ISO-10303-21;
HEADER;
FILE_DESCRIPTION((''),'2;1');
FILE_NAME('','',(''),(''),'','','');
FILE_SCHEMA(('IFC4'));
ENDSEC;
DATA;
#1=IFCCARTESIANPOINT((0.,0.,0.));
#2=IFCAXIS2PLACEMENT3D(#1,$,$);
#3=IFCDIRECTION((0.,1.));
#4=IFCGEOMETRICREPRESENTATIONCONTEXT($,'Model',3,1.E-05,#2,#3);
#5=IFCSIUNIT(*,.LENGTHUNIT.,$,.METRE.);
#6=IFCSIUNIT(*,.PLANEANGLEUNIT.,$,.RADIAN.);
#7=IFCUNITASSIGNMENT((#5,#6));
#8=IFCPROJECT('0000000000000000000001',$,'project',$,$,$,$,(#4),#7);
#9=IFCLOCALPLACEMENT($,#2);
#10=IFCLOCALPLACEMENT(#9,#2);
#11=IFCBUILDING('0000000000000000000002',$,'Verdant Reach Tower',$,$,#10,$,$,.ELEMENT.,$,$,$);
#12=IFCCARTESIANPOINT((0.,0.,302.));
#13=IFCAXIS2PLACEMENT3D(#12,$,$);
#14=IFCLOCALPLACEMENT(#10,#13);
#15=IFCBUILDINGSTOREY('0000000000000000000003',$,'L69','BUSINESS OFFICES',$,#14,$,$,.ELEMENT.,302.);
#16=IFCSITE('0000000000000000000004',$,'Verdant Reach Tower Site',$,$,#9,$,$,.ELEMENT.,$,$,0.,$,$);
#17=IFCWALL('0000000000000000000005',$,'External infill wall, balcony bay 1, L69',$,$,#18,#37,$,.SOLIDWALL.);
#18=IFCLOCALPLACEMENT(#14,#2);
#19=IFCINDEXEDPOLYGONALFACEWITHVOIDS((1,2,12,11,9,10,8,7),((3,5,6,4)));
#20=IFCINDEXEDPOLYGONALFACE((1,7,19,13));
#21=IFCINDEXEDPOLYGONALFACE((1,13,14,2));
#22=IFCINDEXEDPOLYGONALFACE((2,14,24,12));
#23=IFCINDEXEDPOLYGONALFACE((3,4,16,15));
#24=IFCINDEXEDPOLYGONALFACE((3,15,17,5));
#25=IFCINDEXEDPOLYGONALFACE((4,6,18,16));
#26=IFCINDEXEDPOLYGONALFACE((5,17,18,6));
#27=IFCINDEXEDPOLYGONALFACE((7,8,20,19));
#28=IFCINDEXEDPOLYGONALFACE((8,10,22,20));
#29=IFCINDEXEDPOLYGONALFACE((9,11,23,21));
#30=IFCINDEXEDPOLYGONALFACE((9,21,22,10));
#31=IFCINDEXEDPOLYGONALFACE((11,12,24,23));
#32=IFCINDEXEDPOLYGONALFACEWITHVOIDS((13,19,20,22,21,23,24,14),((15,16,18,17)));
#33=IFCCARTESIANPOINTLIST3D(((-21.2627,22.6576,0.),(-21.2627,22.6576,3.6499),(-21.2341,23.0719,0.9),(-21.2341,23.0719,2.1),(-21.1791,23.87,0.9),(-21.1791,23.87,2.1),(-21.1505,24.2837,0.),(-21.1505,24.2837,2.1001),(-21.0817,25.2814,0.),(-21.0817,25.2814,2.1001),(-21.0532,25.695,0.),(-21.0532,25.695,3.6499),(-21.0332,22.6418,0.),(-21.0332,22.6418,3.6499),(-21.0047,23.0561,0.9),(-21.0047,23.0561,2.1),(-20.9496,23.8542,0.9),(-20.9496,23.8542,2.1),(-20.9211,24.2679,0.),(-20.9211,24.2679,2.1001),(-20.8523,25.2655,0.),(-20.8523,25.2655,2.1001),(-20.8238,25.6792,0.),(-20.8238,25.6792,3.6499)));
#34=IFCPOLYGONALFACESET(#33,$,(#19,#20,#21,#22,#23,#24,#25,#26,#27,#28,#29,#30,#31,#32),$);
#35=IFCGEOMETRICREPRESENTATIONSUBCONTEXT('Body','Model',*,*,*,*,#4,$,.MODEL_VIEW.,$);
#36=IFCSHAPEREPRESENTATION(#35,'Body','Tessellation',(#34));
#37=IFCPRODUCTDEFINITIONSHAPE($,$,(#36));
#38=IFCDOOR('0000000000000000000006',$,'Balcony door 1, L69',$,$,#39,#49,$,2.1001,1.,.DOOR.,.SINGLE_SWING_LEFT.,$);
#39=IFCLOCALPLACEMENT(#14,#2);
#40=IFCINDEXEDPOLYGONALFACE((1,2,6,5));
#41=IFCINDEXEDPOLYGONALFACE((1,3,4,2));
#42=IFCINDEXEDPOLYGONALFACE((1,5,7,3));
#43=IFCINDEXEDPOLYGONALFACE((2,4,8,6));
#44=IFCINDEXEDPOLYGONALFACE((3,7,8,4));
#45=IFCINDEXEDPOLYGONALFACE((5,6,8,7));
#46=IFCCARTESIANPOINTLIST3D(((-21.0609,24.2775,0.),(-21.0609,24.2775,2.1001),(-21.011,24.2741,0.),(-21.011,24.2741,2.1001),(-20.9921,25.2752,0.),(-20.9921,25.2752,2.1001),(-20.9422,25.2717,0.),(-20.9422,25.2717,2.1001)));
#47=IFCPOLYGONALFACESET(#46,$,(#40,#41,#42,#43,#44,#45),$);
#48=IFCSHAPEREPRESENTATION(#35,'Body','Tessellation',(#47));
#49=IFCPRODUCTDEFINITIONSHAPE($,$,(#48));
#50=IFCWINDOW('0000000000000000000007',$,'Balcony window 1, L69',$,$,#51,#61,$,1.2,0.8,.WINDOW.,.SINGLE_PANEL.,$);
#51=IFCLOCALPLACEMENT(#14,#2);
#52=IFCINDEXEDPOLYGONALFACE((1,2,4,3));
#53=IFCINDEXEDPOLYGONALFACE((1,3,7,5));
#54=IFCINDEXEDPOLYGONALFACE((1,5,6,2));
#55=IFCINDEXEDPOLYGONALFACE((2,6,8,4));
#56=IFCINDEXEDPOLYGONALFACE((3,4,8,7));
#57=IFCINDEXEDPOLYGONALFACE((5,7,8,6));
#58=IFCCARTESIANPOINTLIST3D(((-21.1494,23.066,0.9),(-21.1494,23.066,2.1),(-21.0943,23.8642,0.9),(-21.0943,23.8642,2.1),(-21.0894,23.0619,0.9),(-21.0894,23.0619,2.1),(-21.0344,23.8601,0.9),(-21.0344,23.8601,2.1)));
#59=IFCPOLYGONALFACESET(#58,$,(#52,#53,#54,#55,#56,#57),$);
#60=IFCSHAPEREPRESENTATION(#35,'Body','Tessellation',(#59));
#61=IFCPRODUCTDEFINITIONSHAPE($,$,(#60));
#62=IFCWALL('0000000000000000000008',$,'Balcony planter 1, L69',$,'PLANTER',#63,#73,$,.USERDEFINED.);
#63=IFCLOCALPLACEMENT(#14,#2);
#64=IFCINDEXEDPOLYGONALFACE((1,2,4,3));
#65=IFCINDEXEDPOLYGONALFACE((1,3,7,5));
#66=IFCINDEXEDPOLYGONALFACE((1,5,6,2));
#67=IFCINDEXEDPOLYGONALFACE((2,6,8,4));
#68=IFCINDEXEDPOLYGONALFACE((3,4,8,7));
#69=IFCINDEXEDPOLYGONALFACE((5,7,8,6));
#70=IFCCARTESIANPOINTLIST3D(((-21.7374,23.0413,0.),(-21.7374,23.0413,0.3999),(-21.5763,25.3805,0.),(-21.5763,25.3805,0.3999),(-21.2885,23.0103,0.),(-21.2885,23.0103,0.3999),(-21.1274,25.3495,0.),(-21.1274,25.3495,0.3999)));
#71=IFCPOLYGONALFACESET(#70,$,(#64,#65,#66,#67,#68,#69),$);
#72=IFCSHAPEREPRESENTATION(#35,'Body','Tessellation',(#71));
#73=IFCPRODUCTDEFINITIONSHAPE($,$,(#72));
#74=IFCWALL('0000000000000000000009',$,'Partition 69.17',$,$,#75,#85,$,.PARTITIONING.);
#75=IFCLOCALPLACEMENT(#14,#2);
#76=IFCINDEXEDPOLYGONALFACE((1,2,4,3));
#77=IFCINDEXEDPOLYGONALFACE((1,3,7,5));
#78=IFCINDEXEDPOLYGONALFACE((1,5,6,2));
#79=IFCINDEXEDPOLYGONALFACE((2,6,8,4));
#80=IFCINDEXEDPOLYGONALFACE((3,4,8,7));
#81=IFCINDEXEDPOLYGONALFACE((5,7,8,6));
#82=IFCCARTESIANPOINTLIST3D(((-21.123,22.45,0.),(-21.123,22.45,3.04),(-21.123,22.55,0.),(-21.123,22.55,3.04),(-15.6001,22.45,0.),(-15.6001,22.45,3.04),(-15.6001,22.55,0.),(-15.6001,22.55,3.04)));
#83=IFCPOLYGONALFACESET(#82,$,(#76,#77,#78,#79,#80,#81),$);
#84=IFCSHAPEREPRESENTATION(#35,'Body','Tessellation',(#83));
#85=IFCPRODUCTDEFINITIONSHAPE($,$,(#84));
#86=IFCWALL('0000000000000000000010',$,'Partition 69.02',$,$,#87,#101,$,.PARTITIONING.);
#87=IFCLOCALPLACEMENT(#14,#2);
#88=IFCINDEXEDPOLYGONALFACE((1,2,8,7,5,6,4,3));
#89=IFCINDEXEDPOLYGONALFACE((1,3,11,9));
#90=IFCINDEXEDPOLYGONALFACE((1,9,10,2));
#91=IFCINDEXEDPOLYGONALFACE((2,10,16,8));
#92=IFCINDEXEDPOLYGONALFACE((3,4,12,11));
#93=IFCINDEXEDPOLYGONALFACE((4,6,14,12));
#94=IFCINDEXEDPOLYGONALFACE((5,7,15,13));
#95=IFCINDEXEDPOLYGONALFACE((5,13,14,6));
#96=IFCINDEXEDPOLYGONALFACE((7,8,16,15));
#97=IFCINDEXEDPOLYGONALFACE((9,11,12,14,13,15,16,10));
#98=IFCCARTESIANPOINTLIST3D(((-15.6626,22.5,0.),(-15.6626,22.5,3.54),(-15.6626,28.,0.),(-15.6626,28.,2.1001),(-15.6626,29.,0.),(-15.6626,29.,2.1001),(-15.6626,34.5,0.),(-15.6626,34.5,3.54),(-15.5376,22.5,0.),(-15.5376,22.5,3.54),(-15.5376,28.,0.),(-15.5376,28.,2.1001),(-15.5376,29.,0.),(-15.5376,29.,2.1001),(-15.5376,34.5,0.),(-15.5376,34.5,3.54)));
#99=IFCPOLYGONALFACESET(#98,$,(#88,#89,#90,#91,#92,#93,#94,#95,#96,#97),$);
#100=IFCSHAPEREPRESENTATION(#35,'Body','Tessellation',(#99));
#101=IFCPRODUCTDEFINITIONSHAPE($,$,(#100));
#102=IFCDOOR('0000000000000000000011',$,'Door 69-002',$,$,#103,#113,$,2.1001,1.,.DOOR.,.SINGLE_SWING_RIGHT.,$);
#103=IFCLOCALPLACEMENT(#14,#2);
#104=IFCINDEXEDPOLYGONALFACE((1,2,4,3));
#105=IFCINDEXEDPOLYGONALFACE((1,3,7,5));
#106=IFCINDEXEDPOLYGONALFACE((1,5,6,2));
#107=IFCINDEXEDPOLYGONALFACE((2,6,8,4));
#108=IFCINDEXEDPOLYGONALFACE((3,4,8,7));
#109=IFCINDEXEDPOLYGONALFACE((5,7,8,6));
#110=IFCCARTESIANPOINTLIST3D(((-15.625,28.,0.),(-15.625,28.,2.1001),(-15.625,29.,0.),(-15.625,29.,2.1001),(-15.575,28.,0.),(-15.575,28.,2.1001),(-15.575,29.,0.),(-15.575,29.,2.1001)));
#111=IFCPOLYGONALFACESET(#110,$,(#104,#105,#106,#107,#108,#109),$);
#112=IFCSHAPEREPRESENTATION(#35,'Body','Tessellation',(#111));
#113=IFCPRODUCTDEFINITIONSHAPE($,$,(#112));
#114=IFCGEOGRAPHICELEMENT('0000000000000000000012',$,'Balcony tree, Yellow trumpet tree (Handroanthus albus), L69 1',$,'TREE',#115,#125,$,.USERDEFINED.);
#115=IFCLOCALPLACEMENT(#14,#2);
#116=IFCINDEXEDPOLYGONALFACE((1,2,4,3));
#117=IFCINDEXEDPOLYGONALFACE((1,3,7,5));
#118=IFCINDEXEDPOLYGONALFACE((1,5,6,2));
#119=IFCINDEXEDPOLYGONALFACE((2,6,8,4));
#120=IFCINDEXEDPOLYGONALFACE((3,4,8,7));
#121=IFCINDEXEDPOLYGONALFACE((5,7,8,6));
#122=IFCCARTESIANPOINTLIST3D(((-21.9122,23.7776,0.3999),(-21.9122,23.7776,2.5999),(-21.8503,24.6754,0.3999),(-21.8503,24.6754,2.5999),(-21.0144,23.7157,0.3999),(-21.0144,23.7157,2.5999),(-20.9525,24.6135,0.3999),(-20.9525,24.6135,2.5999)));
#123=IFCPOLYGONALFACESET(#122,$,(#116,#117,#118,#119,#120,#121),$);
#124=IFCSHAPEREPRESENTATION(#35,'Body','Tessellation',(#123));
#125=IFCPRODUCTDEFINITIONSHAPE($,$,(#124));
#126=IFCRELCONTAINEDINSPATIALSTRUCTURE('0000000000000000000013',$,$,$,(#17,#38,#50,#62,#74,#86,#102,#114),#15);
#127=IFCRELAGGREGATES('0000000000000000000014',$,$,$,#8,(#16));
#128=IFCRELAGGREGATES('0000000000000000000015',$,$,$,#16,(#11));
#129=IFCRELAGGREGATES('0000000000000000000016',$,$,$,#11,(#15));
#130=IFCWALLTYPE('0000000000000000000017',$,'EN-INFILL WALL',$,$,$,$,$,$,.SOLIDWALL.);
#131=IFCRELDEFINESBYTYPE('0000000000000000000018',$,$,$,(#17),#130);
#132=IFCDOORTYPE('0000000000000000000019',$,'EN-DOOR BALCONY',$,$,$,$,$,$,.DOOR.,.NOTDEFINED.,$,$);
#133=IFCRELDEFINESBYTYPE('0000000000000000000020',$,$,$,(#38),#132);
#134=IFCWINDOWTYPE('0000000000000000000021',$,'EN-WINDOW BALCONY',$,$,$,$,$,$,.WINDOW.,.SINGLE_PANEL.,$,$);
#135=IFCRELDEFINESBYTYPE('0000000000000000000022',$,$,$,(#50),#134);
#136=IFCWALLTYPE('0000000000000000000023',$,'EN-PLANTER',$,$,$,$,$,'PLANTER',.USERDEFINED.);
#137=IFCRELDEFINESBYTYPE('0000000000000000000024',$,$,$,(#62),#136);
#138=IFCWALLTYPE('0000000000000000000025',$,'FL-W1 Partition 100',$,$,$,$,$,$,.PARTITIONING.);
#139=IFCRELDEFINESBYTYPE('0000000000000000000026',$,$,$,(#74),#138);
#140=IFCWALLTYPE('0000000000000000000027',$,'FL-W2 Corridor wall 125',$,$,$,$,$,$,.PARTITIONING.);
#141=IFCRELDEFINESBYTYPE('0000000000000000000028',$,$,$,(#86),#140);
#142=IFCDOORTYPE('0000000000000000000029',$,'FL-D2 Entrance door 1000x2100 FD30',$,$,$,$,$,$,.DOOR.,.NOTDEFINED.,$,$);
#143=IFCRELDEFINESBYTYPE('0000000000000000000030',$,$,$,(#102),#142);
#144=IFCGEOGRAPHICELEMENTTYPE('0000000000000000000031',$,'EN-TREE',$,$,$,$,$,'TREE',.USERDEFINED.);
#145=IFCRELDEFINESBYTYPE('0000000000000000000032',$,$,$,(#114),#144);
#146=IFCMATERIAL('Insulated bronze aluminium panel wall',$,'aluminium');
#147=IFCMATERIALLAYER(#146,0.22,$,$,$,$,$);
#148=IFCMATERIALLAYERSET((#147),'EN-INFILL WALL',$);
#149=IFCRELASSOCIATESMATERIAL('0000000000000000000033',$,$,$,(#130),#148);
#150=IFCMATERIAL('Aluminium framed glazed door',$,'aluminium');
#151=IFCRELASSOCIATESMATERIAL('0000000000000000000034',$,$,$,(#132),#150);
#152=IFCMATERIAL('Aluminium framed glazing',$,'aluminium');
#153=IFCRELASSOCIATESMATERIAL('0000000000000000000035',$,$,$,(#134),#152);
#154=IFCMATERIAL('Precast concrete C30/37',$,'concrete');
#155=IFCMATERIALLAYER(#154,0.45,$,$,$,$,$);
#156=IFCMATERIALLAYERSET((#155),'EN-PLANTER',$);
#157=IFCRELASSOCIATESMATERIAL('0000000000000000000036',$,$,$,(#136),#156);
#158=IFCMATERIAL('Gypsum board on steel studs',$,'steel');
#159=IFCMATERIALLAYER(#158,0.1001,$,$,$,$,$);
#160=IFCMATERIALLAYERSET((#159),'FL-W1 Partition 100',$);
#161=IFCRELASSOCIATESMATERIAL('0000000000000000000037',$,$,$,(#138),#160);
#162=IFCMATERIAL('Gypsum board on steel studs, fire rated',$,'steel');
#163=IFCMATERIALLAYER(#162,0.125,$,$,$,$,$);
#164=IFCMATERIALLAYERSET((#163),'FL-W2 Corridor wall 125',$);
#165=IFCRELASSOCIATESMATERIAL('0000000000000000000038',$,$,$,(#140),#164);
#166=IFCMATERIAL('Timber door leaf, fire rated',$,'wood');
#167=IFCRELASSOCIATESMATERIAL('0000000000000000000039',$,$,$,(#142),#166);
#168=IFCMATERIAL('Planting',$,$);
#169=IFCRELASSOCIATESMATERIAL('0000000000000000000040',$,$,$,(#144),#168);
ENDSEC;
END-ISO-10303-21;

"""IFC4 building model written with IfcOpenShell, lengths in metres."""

from ifc_helpers import new_model, si_unit, direction, frame, frame_2d, origin, origin_2d, place, context, subcontext, project, spatial, rectangle, extrude, material, layer, layer_set, type_object, element, fill, save


model = new_model("IFC4")

# Units and contexts
model_context = context("Model", 3, precision=1e-05, world=origin(), true_north=direction((0.0, 1.0)))
body_context = subcontext(model_context, "Body", "Model", "MODEL_VIEW")
ifc_project = project(units=[si_unit("LENGTHUNIT", "METRE"), si_unit("PLANEANGLEUNIT", "RADIAN")], contexts=[model_context])

# Site, building, storey
site_placement = place(None, origin())
site = spatial("IfcSite", under=ifc_project, at=site_placement, Name="Verdant Reach Tower Site", CompositionType="ELEMENT", RefElevation=0.0)
building_placement = place(site_placement, origin())
building = spatial("IfcBuilding", under=site, at=building_placement, Name="Verdant Reach Tower", CompositionType="ELEMENT")
storey_placement = place(building_placement, frame((0.0, 0.0, 302.0)))
storey = spatial("IfcBuildingStorey", under=building, at=storey_placement, Name="L69", Description="BUSINESS OFFICES", CompositionType="ELEMENT", Elevation=302.0)

# Shared definitions
ifc_material_1 = material(Name="Gypsum board on steel studs", Category="steel")

# Wall, openings, door, window
ifc_material_2 = material(Name="Insulated bronze aluminium panel wall", Category="aluminium")
ifc_layer_1 = layer(ifc_material_2, 0.22)
ifc_layer_set_1 = layer_set([ifc_layer_1], Name="EN-INFILL WALL")
wall_type_1 = type_object("IfcWallType", Name="EN-INFILL WALL", PredefinedType="SOLIDWALL", material=ifc_layer_set_1)
wall_1_placement = place(storey_placement, frame((-20.9385, 25.6873, 0.0), z_axis=(0.0, 0.0, 1.0), x_axis=(-0.068802, -0.99763, 0.0)))
wall_1 = element("IfcWall", 1, at=wall_1_placement, inside=storey, type_object=wall_type_1, Name="External infill wall, balcony bay 1, L69", PredefinedType="SOLIDWALL", context=body_context, shape_type="SweptSolid", body=[
    extrude(rectangle(XDim=3.0447, YDim=0.23, at=frame_2d((1.5225, 0.0))), origin(), (0.0, 0.0, 1.0), 3.6499),
])
opening_1_placement = place(wall_1_placement, frame((0.4148, 0.0, 0.0)))
opening_1 = element("IfcOpeningElement", 2, at=opening_1_placement, cuts=wall_1, PredefinedType="OPENING", context=body_context, shape_type="SweptSolid", body=[
    extrude(rectangle(XDim=1.0, YDim=2.1001, at=frame_2d((0.5, 1.05))), frame((0.0, 0.125, 0.0), z_axis=(0.0, -1.0, 0.0), x_axis=(1.0, 0.0, 0.0)), (0.0, 0.0, 1.0), 0.25),
])
opening_2_placement = place(wall_1_placement, frame((1.8296, 0.0, 0.8999)))
opening_2 = element("IfcOpeningElement", 3, at=opening_2_placement, cuts=wall_1, PredefinedType="OPENING", context=body_context, shape_type="SweptSolid", body=[
    extrude(rectangle(XDim=0.8, YDim=1.2, at=frame_2d((0.3999, 0.6001))), frame((0.0, 0.125, 0.0), z_axis=(0.0, -1.0, 0.0), x_axis=(1.0, 0.0, 0.0)), (0.0, 0.0, 1.0), 0.25),
])
ifc_material_3 = material(Name="Aluminium framed glazed door", Category="aluminium")
door_type_1 = type_object("IfcDoorType", Name="EN-DOOR BALCONY", OperationType="NOTDEFINED", PredefinedType="DOOR", material=ifc_material_3)
door_1_placement = place(opening_1_placement, origin())
door_1 = element("IfcDoor", 4, at=door_1_placement, inside=storey, type_object=door_type_1, Name="Balcony door 1, L69", OperationType="SINGLE_SWING_LEFT", OverallHeight=2.1001, OverallWidth=1.0, PredefinedType="DOOR", context=body_context, shape_type="SweptSolid", body=[
    extrude(rectangle(XDim=1.0, YDim=2.1001, at=frame_2d((0.5, 1.05))), frame((0.0, 0.0249, 0.0), z_axis=(0.0, -1.0, 0.0), x_axis=(1.0, 0.0, 0.0)), (0.0, 0.0, 1.0), 0.05),
])
fill(opening_1, door_1)
ifc_material_4 = material(Name="Aluminium framed glazing", Category="aluminium")
window_type = type_object("IfcWindowType", Name="EN-WINDOW BALCONY", PartitioningType="SINGLE_PANEL", PredefinedType="WINDOW", material=ifc_material_4)
window_placement = place(opening_2_placement, origin())
window = element("IfcWindow", 5, at=window_placement, inside=storey, type_object=window_type, Name="Balcony window 1, L69", OverallHeight=1.2, OverallWidth=0.8, PartitioningType="SINGLE_PANEL", PredefinedType="WINDOW", context=body_context, shape_type="SweptSolid", body=[
    extrude(rectangle(XDim=0.8, YDim=1.2, at=frame_2d((0.3999, 0.6001))), frame((0.0, 0.03, 0.0), z_axis=(0.0, -1.0, 0.0), x_axis=(1.0, 0.0, 0.0)), (0.0, 0.0, 1.0), 0.0601),
])
fill(opening_2, window)

# Walls
ifc_material_5 = material(Name="Precast concrete C30/37", Category="concrete")
ifc_layer_2 = layer(ifc_material_5, 0.45)
ifc_layer_set_2 = layer_set([ifc_layer_2], Name="EN-PLANTER")
wall_type_2 = type_object("IfcWallType", Name="EN-PLANTER", ElementType="PLANTER", PredefinedType="USERDEFINED", material=ifc_layer_set_2)
wall_2_placement = place(storey_placement, frame((-21.3518, 25.365, 0.0), z_axis=(0.0, 0.0, 1.0), x_axis=(-0.068723, -0.997636, 0.0)))
element("IfcWall", 6, at=wall_2_placement, inside=storey, type_object=wall_type_2, Name="Balcony planter 1, L69", ObjectType="PLANTER", PredefinedType="USERDEFINED", context=body_context, shape_type="SweptSolid", body=[
    extrude(rectangle(XDim=2.3447, YDim=0.45, at=frame_2d((1.1724, 0.0))), origin(), (0.0, 0.0, 1.0), 0.3999),
])
ifc_layer_3 = layer(ifc_material_1, 0.1001)
ifc_layer_set_3 = layer_set([ifc_layer_3], Name="FL-W1 Partition 100")
wall_type_3 = type_object("IfcWallType", Name="FL-W1 Partition 100", PredefinedType="PARTITIONING", material=ifc_layer_set_3)
wall_3_placement = place(storey_placement, frame((-15.6001, 22.5, 0.0), z_axis=(0.0, 0.0, 1.0), x_axis=(-1.0, 0.0, 0.0)))
element("IfcWall", 7, at=wall_3_placement, inside=storey, type_object=wall_type_3, Name="Partition 69.17", PredefinedType="PARTITIONING", context=body_context, shape_type="SweptSolid", body=[
    extrude(rectangle(XDim=5.5229, YDim=0.1001, at=frame_2d((2.7615, 0.0))), origin(), (0.0, 0.0, 1.0), 3.04),
])

# Wall, opening, door
ifc_material_6 = material(Name="Gypsum board on steel studs, fire rated", Category="steel")
ifc_layer_4 = layer(ifc_material_6, 0.125)
ifc_layer_set_4 = layer_set([ifc_layer_4], Name="FL-W2 Corridor wall 125")
wall_type_4 = type_object("IfcWallType", Name="FL-W2 Corridor wall 125", PredefinedType="PARTITIONING", material=ifc_layer_set_4)
wall_4_placement = place(storey_placement, frame((-15.6001, 22.5, 0.0), z_axis=(0.0, 0.0, 1.0), x_axis=(0.0, 1.0, 0.0)))
wall_4 = element("IfcWall", 8, at=wall_4_placement, inside=storey, type_object=wall_type_4, Name="Partition 69.02", PredefinedType="PARTITIONING", context=body_context, shape_type="SweptSolid", body=[
    extrude(rectangle(XDim=12.0, YDim=0.125, at=frame_2d((6.0, 0.0))), origin(), (0.0, 0.0, 1.0), 3.54),
])
opening_3_placement = place(wall_4_placement, frame((5.5, 0.0, 0.0)))
opening_3 = element("IfcOpeningElement", 9, at=opening_3_placement, cuts=wall_4, PredefinedType="OPENING", context=body_context, shape_type="SweptSolid", body=[
    extrude(rectangle(XDim=1.0, YDim=2.1001, at=frame_2d((0.5, 1.05))), frame((0.0, 0.0725, 0.0), z_axis=(0.0, -1.0, 0.0), x_axis=(1.0, 0.0, 0.0)), (0.0, 0.0, 1.0), 0.145),
])
ifc_material_7 = material(Name="Timber door leaf, fire rated", Category="wood")
door_type_2 = type_object("IfcDoorType", Name="FL-D2 Entrance door 1000x2100 FD30", OperationType="NOTDEFINED", PredefinedType="DOOR", material=ifc_material_7)
door_2_placement = place(opening_3_placement, origin())
door_2 = element("IfcDoor", 10, at=door_2_placement, inside=storey, type_object=door_type_2, Name="Door 69-002", OperationType="SINGLE_SWING_RIGHT", OverallHeight=2.1001, OverallWidth=1.0, PredefinedType="DOOR", context=body_context, shape_type="SweptSolid", body=[
    extrude(rectangle(XDim=1.0, YDim=2.1001, at=frame_2d((0.5, 1.05))), frame((0.0, 0.0249, 0.0), z_axis=(0.0, -1.0, 0.0), x_axis=(1.0, 0.0, 0.0)), (0.0, 0.0, 1.0), 0.05),
])
fill(opening_3, door_2)

# Geographic element
ifc_material_8 = material(Name="Planting")
geographic_element_type = type_object("IfcGeographicElementType", Name="EN-TREE", ElementType="TREE", PredefinedType="USERDEFINED", material=ifc_material_8)
geographic_element_placement = place(storey_placement, frame((-21.4324, 24.1956, 0.3999), z_axis=(0.0, 0.0, 1.0), x_axis=(-0.068802, -0.99763, 0.0)))
element("IfcGeographicElement", 11, at=geographic_element_placement, inside=storey, type_object=geographic_element_type, Name="Balcony tree, Yellow trumpet tree (Handroanthus albus), L69 1", ObjectType="TREE", PredefinedType="USERDEFINED", context=body_context, shape_type="SweptSolid", body=[
    extrude(rectangle(XDim=0.8999, YDim=0.8999, at=origin_2d()), origin(), (0.0, 0.0, 1.0), 2.2),
])

save(model, "model.ifc")
